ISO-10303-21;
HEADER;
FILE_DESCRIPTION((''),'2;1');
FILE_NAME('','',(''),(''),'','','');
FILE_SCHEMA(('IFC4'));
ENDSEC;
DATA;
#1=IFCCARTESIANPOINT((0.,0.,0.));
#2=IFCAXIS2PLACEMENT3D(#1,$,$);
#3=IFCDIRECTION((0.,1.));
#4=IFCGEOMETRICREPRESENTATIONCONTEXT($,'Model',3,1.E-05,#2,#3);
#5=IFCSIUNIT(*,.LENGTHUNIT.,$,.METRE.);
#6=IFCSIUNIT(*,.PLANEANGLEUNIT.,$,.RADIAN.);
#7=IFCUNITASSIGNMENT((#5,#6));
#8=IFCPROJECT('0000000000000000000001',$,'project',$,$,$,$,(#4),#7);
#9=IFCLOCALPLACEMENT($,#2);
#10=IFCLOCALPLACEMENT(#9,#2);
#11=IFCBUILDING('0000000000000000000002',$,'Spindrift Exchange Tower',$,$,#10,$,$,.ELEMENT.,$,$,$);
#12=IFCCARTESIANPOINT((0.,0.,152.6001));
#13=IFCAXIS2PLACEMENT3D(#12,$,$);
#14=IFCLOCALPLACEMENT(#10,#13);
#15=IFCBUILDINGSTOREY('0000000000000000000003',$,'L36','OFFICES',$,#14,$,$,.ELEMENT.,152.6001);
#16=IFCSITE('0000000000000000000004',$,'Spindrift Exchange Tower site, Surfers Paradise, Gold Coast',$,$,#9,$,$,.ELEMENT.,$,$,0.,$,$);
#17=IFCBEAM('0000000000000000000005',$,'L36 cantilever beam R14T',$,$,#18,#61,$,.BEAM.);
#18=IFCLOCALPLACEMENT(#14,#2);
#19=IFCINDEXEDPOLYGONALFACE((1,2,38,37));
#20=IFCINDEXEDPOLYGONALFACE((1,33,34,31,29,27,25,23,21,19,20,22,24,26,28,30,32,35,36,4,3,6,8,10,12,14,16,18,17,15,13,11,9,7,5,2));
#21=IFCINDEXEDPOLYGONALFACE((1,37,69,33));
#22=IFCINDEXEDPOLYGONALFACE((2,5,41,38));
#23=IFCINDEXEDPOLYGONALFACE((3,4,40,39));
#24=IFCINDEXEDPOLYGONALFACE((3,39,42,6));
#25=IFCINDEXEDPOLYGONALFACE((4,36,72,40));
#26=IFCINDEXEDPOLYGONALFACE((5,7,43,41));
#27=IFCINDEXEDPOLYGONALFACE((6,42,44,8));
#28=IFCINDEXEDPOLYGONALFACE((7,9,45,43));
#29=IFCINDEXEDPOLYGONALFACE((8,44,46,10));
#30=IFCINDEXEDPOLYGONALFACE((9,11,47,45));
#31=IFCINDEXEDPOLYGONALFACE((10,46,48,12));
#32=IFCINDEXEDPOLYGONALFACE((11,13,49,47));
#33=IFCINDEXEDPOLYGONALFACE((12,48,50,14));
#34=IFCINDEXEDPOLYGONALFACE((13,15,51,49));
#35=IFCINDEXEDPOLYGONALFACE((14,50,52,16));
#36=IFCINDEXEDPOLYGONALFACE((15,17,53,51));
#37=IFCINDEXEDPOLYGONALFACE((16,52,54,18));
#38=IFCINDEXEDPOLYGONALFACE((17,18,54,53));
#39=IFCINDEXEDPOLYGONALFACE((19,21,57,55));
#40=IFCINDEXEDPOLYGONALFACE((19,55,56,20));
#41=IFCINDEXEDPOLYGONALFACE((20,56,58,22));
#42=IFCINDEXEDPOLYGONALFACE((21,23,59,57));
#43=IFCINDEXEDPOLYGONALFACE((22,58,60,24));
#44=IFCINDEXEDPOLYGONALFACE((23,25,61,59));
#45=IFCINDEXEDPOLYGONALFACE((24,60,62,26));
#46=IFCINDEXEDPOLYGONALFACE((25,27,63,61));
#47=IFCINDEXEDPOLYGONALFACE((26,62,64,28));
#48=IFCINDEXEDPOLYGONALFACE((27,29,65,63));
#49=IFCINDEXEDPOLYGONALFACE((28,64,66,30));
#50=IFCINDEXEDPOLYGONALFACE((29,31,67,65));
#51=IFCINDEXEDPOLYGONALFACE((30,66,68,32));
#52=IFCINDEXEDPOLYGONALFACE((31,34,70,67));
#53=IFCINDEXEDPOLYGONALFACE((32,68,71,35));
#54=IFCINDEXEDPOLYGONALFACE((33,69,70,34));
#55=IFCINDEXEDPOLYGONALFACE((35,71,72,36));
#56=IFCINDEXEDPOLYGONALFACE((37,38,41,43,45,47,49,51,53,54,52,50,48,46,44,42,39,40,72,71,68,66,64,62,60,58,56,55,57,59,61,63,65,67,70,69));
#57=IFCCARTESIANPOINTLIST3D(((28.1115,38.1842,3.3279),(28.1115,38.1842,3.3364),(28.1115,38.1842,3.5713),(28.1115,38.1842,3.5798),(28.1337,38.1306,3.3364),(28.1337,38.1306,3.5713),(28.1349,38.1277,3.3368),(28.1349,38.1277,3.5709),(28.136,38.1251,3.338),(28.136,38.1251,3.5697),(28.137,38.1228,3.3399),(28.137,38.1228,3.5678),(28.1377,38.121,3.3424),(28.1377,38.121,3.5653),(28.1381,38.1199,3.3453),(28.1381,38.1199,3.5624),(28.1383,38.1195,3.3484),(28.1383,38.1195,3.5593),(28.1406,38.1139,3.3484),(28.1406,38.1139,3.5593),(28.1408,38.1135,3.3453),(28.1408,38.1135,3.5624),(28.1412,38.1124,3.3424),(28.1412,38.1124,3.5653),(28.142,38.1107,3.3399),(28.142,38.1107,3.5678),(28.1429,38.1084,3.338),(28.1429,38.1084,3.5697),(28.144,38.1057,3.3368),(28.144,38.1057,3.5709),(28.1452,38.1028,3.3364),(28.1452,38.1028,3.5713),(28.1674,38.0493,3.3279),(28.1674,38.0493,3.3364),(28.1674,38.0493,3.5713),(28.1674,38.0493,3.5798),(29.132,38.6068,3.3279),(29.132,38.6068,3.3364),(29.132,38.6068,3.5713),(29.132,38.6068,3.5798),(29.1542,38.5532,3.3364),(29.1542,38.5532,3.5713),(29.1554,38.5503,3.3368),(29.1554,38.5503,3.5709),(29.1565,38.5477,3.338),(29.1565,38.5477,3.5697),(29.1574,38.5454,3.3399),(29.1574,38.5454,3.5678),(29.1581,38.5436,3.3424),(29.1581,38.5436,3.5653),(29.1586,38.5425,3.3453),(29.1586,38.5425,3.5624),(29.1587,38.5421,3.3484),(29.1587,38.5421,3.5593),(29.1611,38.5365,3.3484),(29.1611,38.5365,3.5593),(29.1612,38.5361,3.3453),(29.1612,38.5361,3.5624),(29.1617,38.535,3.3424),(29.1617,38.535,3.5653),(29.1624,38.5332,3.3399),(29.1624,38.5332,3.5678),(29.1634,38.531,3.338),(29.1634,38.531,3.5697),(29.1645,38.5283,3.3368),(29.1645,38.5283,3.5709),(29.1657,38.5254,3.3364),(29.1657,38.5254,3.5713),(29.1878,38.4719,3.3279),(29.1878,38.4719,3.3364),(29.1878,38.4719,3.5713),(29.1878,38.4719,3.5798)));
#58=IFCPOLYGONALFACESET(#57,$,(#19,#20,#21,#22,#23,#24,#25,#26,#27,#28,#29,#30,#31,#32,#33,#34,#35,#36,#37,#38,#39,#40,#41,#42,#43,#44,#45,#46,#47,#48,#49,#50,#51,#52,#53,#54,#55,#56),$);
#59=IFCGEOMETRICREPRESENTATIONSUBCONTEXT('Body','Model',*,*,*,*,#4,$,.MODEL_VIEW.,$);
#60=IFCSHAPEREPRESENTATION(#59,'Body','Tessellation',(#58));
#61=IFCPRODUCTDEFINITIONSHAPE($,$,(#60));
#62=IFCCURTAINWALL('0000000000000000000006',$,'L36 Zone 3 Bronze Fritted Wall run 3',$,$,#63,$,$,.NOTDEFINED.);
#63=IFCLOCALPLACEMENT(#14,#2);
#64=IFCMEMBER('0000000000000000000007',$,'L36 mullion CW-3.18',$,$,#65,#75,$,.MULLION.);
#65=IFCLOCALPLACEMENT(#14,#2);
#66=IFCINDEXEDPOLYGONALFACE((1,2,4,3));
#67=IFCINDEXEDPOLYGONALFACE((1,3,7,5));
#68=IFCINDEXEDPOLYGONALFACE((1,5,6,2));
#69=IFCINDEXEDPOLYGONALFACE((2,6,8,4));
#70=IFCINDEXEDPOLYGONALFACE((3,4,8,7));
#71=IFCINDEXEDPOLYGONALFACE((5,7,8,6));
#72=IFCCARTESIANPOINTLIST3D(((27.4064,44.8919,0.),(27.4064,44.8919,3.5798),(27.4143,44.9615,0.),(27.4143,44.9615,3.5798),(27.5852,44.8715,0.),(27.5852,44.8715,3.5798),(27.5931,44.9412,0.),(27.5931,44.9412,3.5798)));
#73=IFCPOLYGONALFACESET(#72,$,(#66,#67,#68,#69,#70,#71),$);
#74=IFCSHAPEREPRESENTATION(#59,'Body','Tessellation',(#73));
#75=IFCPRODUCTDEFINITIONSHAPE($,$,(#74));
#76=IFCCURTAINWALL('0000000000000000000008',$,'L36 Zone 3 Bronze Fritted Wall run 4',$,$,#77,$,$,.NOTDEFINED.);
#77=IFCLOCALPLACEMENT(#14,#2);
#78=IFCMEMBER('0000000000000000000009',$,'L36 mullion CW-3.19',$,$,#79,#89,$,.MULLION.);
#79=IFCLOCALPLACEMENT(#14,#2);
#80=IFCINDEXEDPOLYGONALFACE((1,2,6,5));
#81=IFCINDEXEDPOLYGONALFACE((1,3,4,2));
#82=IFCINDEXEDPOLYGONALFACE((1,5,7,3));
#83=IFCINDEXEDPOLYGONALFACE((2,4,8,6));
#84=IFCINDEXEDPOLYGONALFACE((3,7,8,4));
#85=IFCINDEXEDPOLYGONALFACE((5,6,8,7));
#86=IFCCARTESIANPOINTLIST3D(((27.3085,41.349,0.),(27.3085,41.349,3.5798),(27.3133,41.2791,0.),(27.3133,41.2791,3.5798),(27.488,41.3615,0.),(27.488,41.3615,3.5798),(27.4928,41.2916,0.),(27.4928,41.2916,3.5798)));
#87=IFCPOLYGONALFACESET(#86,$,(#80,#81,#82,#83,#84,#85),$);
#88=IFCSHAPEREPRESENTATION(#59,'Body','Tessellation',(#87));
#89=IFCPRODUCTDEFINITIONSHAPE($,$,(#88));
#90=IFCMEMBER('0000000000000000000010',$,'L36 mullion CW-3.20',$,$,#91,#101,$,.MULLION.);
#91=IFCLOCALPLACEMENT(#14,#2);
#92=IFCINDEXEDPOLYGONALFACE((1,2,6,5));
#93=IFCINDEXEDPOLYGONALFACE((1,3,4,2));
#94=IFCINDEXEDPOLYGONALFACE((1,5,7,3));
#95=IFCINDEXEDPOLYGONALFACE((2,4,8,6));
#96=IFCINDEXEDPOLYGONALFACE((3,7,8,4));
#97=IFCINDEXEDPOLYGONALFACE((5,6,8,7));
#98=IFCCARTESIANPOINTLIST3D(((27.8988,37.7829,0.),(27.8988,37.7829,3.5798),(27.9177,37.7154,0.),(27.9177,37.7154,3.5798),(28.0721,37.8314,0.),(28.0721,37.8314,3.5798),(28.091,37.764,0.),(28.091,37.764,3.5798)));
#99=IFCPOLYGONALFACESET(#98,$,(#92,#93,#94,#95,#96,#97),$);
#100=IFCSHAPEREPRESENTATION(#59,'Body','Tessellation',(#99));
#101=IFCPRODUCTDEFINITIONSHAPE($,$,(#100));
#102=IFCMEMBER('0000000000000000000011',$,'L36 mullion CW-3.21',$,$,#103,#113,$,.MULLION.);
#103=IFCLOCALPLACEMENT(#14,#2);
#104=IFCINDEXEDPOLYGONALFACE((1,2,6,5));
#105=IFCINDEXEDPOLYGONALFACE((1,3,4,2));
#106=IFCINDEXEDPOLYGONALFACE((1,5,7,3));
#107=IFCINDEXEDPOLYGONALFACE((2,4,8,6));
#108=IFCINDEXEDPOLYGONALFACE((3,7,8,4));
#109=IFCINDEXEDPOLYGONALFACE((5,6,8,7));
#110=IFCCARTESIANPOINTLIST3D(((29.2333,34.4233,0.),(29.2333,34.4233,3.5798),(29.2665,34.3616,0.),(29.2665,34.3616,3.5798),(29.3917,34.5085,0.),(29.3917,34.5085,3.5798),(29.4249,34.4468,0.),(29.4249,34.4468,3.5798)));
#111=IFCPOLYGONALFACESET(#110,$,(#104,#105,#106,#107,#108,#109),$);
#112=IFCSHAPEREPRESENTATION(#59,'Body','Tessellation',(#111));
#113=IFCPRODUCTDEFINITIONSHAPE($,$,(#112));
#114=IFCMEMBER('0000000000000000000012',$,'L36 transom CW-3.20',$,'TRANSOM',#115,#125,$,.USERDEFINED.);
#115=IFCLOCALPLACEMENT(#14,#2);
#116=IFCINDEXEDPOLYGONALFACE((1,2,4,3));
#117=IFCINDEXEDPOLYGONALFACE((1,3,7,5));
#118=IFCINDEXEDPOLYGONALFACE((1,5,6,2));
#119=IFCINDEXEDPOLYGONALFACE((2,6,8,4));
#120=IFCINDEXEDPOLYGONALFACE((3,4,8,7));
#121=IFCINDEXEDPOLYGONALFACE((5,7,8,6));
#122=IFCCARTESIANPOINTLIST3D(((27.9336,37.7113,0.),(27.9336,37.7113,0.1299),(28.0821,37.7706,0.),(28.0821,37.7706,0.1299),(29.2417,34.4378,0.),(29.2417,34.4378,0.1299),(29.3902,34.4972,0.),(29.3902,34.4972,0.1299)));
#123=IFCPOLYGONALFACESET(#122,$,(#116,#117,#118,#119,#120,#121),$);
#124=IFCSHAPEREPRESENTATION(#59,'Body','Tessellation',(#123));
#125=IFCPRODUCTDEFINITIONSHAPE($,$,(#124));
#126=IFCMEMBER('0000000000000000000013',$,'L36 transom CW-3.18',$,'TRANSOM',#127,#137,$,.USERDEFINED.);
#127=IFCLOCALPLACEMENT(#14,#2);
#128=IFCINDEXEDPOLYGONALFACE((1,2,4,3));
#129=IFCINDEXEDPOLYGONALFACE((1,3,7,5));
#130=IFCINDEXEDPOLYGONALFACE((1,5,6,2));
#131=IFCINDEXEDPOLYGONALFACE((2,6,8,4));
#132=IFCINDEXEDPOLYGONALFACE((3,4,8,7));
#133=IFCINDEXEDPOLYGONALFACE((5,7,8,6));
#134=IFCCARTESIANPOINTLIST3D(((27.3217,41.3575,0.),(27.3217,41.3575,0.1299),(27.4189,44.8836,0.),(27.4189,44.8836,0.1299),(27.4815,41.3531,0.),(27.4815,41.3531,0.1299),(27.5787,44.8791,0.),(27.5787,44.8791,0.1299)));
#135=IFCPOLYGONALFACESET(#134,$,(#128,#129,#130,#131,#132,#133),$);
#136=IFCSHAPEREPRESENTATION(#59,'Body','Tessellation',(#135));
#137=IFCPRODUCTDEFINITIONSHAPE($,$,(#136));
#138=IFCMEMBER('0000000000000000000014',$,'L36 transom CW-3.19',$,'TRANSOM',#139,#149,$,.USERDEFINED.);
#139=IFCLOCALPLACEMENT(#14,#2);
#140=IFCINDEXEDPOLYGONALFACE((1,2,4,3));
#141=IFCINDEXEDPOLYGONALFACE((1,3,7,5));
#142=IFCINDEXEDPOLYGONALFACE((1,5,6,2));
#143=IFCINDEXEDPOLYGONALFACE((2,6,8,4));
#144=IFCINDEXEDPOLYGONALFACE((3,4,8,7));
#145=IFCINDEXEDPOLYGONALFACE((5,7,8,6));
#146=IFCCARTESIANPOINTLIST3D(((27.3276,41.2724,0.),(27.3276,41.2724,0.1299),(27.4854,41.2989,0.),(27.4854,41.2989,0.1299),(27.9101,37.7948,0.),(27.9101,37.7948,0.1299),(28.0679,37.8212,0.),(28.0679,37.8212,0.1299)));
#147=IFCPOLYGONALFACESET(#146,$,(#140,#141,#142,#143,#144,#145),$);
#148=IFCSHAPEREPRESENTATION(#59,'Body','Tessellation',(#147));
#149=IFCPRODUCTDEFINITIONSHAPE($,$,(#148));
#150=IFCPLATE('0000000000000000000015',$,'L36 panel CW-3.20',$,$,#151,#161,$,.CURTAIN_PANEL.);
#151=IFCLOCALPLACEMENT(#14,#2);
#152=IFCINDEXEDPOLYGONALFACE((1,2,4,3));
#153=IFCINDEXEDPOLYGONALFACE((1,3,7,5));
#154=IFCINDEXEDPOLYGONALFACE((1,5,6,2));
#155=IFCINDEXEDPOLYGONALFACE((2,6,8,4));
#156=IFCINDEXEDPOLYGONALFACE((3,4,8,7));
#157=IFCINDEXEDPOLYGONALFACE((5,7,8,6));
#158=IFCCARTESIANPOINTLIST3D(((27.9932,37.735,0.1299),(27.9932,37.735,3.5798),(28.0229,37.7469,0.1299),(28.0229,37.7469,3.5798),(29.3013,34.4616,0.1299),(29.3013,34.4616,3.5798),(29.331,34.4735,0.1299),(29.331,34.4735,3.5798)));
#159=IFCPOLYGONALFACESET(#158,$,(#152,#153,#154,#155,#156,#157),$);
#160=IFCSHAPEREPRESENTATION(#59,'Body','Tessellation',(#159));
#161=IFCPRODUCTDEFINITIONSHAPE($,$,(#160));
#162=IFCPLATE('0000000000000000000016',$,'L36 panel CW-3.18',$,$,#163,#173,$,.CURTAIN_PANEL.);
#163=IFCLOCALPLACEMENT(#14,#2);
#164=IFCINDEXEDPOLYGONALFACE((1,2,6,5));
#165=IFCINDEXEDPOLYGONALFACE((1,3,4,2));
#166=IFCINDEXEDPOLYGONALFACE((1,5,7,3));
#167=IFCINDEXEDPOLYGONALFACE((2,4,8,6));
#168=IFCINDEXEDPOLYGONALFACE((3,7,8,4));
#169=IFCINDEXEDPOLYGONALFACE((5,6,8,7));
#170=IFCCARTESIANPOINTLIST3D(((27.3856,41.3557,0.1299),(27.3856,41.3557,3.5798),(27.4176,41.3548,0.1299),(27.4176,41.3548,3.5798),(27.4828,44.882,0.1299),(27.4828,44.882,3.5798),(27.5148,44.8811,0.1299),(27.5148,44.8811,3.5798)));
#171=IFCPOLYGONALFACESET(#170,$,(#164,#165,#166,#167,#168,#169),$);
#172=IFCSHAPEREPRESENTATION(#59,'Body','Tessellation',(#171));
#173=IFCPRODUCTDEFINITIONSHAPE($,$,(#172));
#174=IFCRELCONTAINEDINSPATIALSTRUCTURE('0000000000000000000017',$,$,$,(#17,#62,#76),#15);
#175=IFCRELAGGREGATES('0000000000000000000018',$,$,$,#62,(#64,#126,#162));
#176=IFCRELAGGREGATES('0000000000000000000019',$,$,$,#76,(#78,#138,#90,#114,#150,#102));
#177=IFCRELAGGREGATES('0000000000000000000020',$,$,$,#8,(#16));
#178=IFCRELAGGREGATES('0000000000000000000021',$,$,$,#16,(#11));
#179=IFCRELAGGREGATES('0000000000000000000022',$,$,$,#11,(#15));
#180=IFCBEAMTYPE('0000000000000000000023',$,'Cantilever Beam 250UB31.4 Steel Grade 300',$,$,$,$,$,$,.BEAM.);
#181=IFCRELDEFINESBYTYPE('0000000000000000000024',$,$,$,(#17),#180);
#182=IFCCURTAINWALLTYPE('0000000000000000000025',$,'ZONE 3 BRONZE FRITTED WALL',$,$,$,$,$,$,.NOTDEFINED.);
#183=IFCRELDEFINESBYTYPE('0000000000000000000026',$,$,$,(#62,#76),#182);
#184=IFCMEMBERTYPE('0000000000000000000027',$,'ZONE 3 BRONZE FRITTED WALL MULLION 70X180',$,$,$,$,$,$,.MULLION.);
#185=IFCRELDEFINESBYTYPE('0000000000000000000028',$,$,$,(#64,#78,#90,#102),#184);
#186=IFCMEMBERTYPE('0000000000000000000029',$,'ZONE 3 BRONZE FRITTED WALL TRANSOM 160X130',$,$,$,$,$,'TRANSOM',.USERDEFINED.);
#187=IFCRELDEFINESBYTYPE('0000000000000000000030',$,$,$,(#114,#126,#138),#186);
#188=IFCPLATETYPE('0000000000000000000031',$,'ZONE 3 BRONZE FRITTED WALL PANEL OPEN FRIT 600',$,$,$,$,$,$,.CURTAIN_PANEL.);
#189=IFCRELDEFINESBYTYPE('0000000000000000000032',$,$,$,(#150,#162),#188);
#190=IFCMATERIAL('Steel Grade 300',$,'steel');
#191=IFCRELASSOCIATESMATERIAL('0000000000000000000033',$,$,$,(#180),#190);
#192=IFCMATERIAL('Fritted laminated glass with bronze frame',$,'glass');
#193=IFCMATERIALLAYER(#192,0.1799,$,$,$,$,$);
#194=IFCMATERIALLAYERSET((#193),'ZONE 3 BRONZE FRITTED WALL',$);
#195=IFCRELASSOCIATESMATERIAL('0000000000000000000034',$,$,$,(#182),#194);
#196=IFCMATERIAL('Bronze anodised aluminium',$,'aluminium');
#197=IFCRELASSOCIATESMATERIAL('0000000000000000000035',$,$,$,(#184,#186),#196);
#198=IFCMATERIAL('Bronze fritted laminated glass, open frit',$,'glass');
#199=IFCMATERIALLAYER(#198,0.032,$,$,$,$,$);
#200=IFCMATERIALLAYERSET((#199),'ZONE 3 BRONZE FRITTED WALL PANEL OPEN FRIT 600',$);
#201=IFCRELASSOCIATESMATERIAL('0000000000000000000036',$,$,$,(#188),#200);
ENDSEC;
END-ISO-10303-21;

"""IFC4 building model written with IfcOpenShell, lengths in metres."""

from ifc_helpers import new_model, si_unit, direction, frame, origin, origin_2d, place, context, subcontext, project, spatial, rectangle, i_section, extrude, source, transform, mapped, material, layer, layer_set, material_profile, profile_set, type_object, element, aggregate, save


model = new_model("IFC4")

# Units and contexts
model_context = context("Model", 3, precision=1e-05, world=origin(), true_north=direction((0.0, 1.0)))
body_context = subcontext(model_context, "Body", "Model", "MODEL_VIEW")
ifc_project = project(units=[si_unit("LENGTHUNIT", "METRE"), si_unit("PLANEANGLEUNIT", "RADIAN")], contexts=[model_context])

# Site, building, storey
site_placement = place(None, origin())
site = spatial("IfcSite", under=ifc_project, at=site_placement, Name="Spindrift Exchange Tower site, Surfers Paradise, Gold Coast", CompositionType="ELEMENT", RefElevation=0.0)
building_placement = place(site_placement, origin())
building = spatial("IfcBuilding", under=site, at=building_placement, Name="Spindrift Exchange Tower", CompositionType="ELEMENT")
storey_placement = place(building_placement, frame((0.0, 0.0, 152.6001)))
storey = spatial("IfcBuildingStorey", under=building, at=storey_placement, Name="L36", Description="OFFICES", CompositionType="ELEMENT", Elevation=152.6001)

# Beam
ifc_material_1 = material(Name="Steel Grade 300", Category="steel")
ifc_material_profile_1 = material_profile(ifc_material_1, i_section(OverallWidth=0.146, OverallDepth=0.252, WebThickness=0.0061, FlangeThickness=0.0085, FilletRadius=0.012, at=origin_2d()), Name="250UB31.4")
ifc_profile_set_1 = profile_set([ifc_material_profile_1], Name="Steel Grade 300")
beam_type_1 = type_object("IfcBeamType", Name="Cantilever Beam 250UB31.4 Steel Grade 300", PredefinedType="BEAM", material=ifc_profile_set_1)
shared_shape_1 = source(origin(), body_context, "Body", "SweptSolid", [
    extrude(i_section(OverallWidth=0.146, OverallDepth=0.252, WebThickness=0.0061, FlangeThickness=0.0085, FilletRadius=0.012, at=origin_2d()), origin(), (0.0, 0.0, 1.0), 1.1045),
])
beam_1_placement = place(storey_placement, frame((29.1599, 38.5393, 3.4539), z_axis=(-0.923912, -0.382606, 0.0), x_axis=(0.382606, -0.923912, 0.0)))
element("IfcBeam", 1, at=beam_1_placement, inside=storey, type_object=beam_type_1, Name="L36 cantilever beam R14T", PredefinedType="BEAM", context=body_context, shape_type="MappedRepresentation", body=[
    mapped(shared_shape_1, transform((0.0, 0.0, 0.0), scale=1.0)),
])

# Curtain wall, member
ifc_material_2 = material(Name="Fritted laminated glass with bronze frame", Category="glass")
ifc_layer_1 = layer(ifc_material_2, 0.1799)
ifc_layer_set_1 = layer_set([ifc_layer_1], Name="ZONE 3 BRONZE FRITTED WALL")
curtain_wall_type = type_object("IfcCurtainWallType", Name="ZONE 3 BRONZE FRITTED WALL", PredefinedType="NOTDEFINED", material=ifc_layer_set_1)
curtain_wall_1_placement = place(storey_placement, origin())
curtain_wall_1 = element("IfcCurtainWall", 2, at=curtain_wall_1_placement, inside=storey, type_object=curtain_wall_type, Name="L36 Zone 3 Bronze Fritted Wall run 3", PredefinedType="NOTDEFINED")
ifc_material_3 = material(Name="Bronze anodised aluminium", Category="aluminium")
ifc_material_profile_2 = material_profile(ifc_material_3, rectangle(XDim=0.0701, YDim=0.1799, at=origin_2d()), Name="ZONE 3 BRONZE FRITTED WALL MULLION 70X180")
ifc_profile_set_2 = profile_set([ifc_material_profile_2], Name="Bronze anodised aluminium")
member_type_1 = type_object("IfcMemberType", Name="ZONE 3 BRONZE FRITTED WALL MULLION 70X180", PredefinedType="MULLION", material=ifc_profile_set_2)
shared_shape_2 = source(origin(), body_context, "Body", "SweptSolid", [
    extrude(rectangle(XDim=0.0701, YDim=0.1799, at=origin_2d()), origin(), (0.0, 0.0, 1.0), 3.5798),
])
member_1_placement = place(storey_placement, frame((27.4998, 44.9165, 0.0), z_axis=(0.0, 0.0, 1.0), x_axis=(-0.112972, -0.993598, 0.0)))
member_1 = element("IfcMember", 3, at=member_1_placement, type_object=member_type_1, Name="L36 mullion CW-3.18", PredefinedType="MULLION", context=body_context, shape_type="MappedRepresentation", body=[
    mapped(shared_shape_2, transform((0.0, 0.0, 0.0), scale=1.0)),
])

# Curtain wall, members
curtain_wall_2_placement = place(storey_placement, origin())
curtain_wall_2 = element("IfcCurtainWall", 4, at=curtain_wall_2_placement, inside=storey, type_object=curtain_wall_type, Name="L36 Zone 3 Bronze Fritted Wall run 4", PredefinedType="NOTDEFINED")
member_2_placement = place(storey_placement, frame((27.4006, 41.3203, 0.0), z_axis=(0.0, 0.0, 1.0), x_axis=(0.069178, -0.997604, 0.0)))
member_2 = element("IfcMember", 5, at=member_2_placement, type_object=member_type_1, Name="L36 mullion CW-3.19", PredefinedType="MULLION", context=body_context, shape_type="MappedRepresentation", body=[
    mapped(shared_shape_2, transform((0.0, 0.0, 0.0), scale=1.0)),
])
member_3_placement = place(storey_placement, frame((27.9949, 37.7734, 0.0), z_axis=(0.0, 0.0, 1.0), x_axis=(0.269717, -0.96294, 0.0)))
member_3 = element("IfcMember", 6, at=member_3_placement, type_object=member_type_1, Name="L36 mullion CW-3.20", PredefinedType="MULLION", context=body_context, shape_type="MappedRepresentation", body=[
    mapped(shared_shape_2, transform((0.0, 0.0, 0.0), scale=1.0)),
])
member_4_placement = place(storey_placement, frame((29.3291, 34.4351, 0.0), z_axis=(0.0, 0.0, 1.0), x_axis=(0.473923, -0.880566, 0.0)))
member_4 = element("IfcMember", 7, at=member_4_placement, type_object=member_type_1, Name="L36 mullion CW-3.21", PredefinedType="MULLION", context=body_context, shape_type="MappedRepresentation", body=[
    mapped(shared_shape_2, transform((0.0, 0.0, 0.0), scale=1.0)),
])
ifc_material_profile_3 = material_profile(ifc_material_3, rectangle(XDim=0.1599, YDim=0.1299, at=origin_2d()), Name="ZONE 3 BRONZE FRITTED WALL TRANSOM 160X130")
ifc_profile_set_3 = profile_set([ifc_material_profile_3], Name="Bronze anodised aluminium")
member_type_2 = type_object("IfcMemberType", Name="ZONE 3 BRONZE FRITTED WALL TRANSOM 160X130", ElementType="TRANSOM", PredefinedType="USERDEFINED", material=ifc_profile_set_3)
shared_shape_3 = source(origin(), body_context, "Body", "SweptSolid", [
    extrude(rectangle(XDim=0.1599, YDim=0.1299, at=origin_2d()), origin(), (0.0, 0.0, 1.0), 3.5251),
])
member_5_placement = place(storey_placement, frame((28.0078, 37.741, 0.0649), z_axis=(0.37108, -0.928601, 0.0), x_axis=(0.928601, 0.37108, 0.0)))
member_5 = element("IfcMember", 8, at=member_5_placement, type_object=member_type_2, Name="L36 transom CW-3.20", ObjectType="TRANSOM", PredefinedType="USERDEFINED", context=body_context, shape_type="MappedRepresentation", body=[
    mapped(shared_shape_3, transform((0.0, 0.0, 0.0), scale=1.0)),
])

# Members
shared_shape_4 = source(origin(), body_context, "Body", "SweptSolid", [
    extrude(rectangle(XDim=0.1599, YDim=0.1299, at=origin_2d()), origin(), (0.0, 0.0, 1.0), 3.5273),
])
member_6_placement = place(storey_placement, frame((27.4988, 44.8813, 0.0649), z_axis=(-0.027546, -0.999621, 0.0), x_axis=(0.999621, -0.027546, 0.0)))
member_6 = element("IfcMember", 9, at=member_6_placement, type_object=member_type_2, Name="L36 transom CW-3.18", ObjectType="TRANSOM", PredefinedType="USERDEFINED", context=body_context, shape_type="MappedRepresentation", body=[
    mapped(shared_shape_4, transform((0.0, 0.0, 0.0), scale=1.0)),
])
shared_shape_5 = source(origin(), body_context, "Body", "SweptSolid", [
    extrude(rectangle(XDim=0.1599, YDim=0.1299, at=origin_2d()), origin(), (0.0, 0.0, 1.0), 3.5261),
])
member_7_placement = place(storey_placement, frame((27.4065, 41.2856, 0.0649), z_axis=(0.165196, -0.986261, 0.0), x_axis=(0.986261, 0.165196, 0.0)))
member_7 = element("IfcMember", 10, at=member_7_placement, type_object=member_type_2, Name="L36 transom CW-3.19", ObjectType="TRANSOM", PredefinedType="USERDEFINED", context=body_context, shape_type="MappedRepresentation", body=[
    mapped(shared_shape_5, transform((0.0, 0.0, 0.0), scale=1.0)),
])

# Plates
ifc_material_4 = material(Name="Bronze fritted laminated glass, open frit", Category="glass")
ifc_layer_2 = layer(ifc_material_4, 0.032)
ifc_layer_set_2 = layer_set([ifc_layer_2], Name="ZONE 3 BRONZE FRITTED WALL PANEL OPEN FRIT 600")
plate_type_1 = type_object("IfcPlateType", Name="ZONE 3 BRONZE FRITTED WALL PANEL OPEN FRIT 600", PredefinedType="CURTAIN_PANEL", material=ifc_layer_set_2)
shared_shape_6 = source(origin(), body_context, "Body", "SweptSolid", [
    extrude(rectangle(XDim=3.5251, YDim=0.032, at=origin_2d()), origin(), (0.0, 0.0, 1.0), 3.45),
])
plate_1_placement = place(storey_placement, frame((28.6621, 36.1042, 0.1299), z_axis=(0.0, 0.0, 1.0), x_axis=(0.371089, -0.928597, 0.0)))
plate_1 = element("IfcPlate", 11, at=plate_1_placement, type_object=plate_type_1, Name="L36 panel CW-3.20", PredefinedType="CURTAIN_PANEL", context=body_context, shape_type="MappedRepresentation", body=[
    mapped(shared_shape_6, transform((0.0, 0.0, 0.0), scale=1.0)),
])
shared_shape_7 = source(origin(), body_context, "Body", "SweptSolid", [
    extrude(rectangle(XDim=3.5276, YDim=0.032, at=origin_2d()), origin(), (0.0, 0.0, 1.0), 3.45),
])
plate_2_placement = place(storey_placement, frame((27.4502, 43.1184, 0.1299), z_axis=(0.0, 0.0, 1.0), x_axis=(-0.027547, -0.999621, 0.0)))
plate_2 = element("IfcPlate", 12, at=plate_2_placement, type_object=plate_type_1, Name="L36 panel CW-3.18", PredefinedType="CURTAIN_PANEL", context=body_context, shape_type="MappedRepresentation", body=[
    mapped(shared_shape_7, transform((0.0, 0.0, 0.0), scale=1.0)),
])
aggregate(curtain_wall_1, [member_1, member_6, plate_2])
aggregate(curtain_wall_2, [member_2, member_7, member_3, member_5, plate_1, member_4])

save(model, "model.ifc")
